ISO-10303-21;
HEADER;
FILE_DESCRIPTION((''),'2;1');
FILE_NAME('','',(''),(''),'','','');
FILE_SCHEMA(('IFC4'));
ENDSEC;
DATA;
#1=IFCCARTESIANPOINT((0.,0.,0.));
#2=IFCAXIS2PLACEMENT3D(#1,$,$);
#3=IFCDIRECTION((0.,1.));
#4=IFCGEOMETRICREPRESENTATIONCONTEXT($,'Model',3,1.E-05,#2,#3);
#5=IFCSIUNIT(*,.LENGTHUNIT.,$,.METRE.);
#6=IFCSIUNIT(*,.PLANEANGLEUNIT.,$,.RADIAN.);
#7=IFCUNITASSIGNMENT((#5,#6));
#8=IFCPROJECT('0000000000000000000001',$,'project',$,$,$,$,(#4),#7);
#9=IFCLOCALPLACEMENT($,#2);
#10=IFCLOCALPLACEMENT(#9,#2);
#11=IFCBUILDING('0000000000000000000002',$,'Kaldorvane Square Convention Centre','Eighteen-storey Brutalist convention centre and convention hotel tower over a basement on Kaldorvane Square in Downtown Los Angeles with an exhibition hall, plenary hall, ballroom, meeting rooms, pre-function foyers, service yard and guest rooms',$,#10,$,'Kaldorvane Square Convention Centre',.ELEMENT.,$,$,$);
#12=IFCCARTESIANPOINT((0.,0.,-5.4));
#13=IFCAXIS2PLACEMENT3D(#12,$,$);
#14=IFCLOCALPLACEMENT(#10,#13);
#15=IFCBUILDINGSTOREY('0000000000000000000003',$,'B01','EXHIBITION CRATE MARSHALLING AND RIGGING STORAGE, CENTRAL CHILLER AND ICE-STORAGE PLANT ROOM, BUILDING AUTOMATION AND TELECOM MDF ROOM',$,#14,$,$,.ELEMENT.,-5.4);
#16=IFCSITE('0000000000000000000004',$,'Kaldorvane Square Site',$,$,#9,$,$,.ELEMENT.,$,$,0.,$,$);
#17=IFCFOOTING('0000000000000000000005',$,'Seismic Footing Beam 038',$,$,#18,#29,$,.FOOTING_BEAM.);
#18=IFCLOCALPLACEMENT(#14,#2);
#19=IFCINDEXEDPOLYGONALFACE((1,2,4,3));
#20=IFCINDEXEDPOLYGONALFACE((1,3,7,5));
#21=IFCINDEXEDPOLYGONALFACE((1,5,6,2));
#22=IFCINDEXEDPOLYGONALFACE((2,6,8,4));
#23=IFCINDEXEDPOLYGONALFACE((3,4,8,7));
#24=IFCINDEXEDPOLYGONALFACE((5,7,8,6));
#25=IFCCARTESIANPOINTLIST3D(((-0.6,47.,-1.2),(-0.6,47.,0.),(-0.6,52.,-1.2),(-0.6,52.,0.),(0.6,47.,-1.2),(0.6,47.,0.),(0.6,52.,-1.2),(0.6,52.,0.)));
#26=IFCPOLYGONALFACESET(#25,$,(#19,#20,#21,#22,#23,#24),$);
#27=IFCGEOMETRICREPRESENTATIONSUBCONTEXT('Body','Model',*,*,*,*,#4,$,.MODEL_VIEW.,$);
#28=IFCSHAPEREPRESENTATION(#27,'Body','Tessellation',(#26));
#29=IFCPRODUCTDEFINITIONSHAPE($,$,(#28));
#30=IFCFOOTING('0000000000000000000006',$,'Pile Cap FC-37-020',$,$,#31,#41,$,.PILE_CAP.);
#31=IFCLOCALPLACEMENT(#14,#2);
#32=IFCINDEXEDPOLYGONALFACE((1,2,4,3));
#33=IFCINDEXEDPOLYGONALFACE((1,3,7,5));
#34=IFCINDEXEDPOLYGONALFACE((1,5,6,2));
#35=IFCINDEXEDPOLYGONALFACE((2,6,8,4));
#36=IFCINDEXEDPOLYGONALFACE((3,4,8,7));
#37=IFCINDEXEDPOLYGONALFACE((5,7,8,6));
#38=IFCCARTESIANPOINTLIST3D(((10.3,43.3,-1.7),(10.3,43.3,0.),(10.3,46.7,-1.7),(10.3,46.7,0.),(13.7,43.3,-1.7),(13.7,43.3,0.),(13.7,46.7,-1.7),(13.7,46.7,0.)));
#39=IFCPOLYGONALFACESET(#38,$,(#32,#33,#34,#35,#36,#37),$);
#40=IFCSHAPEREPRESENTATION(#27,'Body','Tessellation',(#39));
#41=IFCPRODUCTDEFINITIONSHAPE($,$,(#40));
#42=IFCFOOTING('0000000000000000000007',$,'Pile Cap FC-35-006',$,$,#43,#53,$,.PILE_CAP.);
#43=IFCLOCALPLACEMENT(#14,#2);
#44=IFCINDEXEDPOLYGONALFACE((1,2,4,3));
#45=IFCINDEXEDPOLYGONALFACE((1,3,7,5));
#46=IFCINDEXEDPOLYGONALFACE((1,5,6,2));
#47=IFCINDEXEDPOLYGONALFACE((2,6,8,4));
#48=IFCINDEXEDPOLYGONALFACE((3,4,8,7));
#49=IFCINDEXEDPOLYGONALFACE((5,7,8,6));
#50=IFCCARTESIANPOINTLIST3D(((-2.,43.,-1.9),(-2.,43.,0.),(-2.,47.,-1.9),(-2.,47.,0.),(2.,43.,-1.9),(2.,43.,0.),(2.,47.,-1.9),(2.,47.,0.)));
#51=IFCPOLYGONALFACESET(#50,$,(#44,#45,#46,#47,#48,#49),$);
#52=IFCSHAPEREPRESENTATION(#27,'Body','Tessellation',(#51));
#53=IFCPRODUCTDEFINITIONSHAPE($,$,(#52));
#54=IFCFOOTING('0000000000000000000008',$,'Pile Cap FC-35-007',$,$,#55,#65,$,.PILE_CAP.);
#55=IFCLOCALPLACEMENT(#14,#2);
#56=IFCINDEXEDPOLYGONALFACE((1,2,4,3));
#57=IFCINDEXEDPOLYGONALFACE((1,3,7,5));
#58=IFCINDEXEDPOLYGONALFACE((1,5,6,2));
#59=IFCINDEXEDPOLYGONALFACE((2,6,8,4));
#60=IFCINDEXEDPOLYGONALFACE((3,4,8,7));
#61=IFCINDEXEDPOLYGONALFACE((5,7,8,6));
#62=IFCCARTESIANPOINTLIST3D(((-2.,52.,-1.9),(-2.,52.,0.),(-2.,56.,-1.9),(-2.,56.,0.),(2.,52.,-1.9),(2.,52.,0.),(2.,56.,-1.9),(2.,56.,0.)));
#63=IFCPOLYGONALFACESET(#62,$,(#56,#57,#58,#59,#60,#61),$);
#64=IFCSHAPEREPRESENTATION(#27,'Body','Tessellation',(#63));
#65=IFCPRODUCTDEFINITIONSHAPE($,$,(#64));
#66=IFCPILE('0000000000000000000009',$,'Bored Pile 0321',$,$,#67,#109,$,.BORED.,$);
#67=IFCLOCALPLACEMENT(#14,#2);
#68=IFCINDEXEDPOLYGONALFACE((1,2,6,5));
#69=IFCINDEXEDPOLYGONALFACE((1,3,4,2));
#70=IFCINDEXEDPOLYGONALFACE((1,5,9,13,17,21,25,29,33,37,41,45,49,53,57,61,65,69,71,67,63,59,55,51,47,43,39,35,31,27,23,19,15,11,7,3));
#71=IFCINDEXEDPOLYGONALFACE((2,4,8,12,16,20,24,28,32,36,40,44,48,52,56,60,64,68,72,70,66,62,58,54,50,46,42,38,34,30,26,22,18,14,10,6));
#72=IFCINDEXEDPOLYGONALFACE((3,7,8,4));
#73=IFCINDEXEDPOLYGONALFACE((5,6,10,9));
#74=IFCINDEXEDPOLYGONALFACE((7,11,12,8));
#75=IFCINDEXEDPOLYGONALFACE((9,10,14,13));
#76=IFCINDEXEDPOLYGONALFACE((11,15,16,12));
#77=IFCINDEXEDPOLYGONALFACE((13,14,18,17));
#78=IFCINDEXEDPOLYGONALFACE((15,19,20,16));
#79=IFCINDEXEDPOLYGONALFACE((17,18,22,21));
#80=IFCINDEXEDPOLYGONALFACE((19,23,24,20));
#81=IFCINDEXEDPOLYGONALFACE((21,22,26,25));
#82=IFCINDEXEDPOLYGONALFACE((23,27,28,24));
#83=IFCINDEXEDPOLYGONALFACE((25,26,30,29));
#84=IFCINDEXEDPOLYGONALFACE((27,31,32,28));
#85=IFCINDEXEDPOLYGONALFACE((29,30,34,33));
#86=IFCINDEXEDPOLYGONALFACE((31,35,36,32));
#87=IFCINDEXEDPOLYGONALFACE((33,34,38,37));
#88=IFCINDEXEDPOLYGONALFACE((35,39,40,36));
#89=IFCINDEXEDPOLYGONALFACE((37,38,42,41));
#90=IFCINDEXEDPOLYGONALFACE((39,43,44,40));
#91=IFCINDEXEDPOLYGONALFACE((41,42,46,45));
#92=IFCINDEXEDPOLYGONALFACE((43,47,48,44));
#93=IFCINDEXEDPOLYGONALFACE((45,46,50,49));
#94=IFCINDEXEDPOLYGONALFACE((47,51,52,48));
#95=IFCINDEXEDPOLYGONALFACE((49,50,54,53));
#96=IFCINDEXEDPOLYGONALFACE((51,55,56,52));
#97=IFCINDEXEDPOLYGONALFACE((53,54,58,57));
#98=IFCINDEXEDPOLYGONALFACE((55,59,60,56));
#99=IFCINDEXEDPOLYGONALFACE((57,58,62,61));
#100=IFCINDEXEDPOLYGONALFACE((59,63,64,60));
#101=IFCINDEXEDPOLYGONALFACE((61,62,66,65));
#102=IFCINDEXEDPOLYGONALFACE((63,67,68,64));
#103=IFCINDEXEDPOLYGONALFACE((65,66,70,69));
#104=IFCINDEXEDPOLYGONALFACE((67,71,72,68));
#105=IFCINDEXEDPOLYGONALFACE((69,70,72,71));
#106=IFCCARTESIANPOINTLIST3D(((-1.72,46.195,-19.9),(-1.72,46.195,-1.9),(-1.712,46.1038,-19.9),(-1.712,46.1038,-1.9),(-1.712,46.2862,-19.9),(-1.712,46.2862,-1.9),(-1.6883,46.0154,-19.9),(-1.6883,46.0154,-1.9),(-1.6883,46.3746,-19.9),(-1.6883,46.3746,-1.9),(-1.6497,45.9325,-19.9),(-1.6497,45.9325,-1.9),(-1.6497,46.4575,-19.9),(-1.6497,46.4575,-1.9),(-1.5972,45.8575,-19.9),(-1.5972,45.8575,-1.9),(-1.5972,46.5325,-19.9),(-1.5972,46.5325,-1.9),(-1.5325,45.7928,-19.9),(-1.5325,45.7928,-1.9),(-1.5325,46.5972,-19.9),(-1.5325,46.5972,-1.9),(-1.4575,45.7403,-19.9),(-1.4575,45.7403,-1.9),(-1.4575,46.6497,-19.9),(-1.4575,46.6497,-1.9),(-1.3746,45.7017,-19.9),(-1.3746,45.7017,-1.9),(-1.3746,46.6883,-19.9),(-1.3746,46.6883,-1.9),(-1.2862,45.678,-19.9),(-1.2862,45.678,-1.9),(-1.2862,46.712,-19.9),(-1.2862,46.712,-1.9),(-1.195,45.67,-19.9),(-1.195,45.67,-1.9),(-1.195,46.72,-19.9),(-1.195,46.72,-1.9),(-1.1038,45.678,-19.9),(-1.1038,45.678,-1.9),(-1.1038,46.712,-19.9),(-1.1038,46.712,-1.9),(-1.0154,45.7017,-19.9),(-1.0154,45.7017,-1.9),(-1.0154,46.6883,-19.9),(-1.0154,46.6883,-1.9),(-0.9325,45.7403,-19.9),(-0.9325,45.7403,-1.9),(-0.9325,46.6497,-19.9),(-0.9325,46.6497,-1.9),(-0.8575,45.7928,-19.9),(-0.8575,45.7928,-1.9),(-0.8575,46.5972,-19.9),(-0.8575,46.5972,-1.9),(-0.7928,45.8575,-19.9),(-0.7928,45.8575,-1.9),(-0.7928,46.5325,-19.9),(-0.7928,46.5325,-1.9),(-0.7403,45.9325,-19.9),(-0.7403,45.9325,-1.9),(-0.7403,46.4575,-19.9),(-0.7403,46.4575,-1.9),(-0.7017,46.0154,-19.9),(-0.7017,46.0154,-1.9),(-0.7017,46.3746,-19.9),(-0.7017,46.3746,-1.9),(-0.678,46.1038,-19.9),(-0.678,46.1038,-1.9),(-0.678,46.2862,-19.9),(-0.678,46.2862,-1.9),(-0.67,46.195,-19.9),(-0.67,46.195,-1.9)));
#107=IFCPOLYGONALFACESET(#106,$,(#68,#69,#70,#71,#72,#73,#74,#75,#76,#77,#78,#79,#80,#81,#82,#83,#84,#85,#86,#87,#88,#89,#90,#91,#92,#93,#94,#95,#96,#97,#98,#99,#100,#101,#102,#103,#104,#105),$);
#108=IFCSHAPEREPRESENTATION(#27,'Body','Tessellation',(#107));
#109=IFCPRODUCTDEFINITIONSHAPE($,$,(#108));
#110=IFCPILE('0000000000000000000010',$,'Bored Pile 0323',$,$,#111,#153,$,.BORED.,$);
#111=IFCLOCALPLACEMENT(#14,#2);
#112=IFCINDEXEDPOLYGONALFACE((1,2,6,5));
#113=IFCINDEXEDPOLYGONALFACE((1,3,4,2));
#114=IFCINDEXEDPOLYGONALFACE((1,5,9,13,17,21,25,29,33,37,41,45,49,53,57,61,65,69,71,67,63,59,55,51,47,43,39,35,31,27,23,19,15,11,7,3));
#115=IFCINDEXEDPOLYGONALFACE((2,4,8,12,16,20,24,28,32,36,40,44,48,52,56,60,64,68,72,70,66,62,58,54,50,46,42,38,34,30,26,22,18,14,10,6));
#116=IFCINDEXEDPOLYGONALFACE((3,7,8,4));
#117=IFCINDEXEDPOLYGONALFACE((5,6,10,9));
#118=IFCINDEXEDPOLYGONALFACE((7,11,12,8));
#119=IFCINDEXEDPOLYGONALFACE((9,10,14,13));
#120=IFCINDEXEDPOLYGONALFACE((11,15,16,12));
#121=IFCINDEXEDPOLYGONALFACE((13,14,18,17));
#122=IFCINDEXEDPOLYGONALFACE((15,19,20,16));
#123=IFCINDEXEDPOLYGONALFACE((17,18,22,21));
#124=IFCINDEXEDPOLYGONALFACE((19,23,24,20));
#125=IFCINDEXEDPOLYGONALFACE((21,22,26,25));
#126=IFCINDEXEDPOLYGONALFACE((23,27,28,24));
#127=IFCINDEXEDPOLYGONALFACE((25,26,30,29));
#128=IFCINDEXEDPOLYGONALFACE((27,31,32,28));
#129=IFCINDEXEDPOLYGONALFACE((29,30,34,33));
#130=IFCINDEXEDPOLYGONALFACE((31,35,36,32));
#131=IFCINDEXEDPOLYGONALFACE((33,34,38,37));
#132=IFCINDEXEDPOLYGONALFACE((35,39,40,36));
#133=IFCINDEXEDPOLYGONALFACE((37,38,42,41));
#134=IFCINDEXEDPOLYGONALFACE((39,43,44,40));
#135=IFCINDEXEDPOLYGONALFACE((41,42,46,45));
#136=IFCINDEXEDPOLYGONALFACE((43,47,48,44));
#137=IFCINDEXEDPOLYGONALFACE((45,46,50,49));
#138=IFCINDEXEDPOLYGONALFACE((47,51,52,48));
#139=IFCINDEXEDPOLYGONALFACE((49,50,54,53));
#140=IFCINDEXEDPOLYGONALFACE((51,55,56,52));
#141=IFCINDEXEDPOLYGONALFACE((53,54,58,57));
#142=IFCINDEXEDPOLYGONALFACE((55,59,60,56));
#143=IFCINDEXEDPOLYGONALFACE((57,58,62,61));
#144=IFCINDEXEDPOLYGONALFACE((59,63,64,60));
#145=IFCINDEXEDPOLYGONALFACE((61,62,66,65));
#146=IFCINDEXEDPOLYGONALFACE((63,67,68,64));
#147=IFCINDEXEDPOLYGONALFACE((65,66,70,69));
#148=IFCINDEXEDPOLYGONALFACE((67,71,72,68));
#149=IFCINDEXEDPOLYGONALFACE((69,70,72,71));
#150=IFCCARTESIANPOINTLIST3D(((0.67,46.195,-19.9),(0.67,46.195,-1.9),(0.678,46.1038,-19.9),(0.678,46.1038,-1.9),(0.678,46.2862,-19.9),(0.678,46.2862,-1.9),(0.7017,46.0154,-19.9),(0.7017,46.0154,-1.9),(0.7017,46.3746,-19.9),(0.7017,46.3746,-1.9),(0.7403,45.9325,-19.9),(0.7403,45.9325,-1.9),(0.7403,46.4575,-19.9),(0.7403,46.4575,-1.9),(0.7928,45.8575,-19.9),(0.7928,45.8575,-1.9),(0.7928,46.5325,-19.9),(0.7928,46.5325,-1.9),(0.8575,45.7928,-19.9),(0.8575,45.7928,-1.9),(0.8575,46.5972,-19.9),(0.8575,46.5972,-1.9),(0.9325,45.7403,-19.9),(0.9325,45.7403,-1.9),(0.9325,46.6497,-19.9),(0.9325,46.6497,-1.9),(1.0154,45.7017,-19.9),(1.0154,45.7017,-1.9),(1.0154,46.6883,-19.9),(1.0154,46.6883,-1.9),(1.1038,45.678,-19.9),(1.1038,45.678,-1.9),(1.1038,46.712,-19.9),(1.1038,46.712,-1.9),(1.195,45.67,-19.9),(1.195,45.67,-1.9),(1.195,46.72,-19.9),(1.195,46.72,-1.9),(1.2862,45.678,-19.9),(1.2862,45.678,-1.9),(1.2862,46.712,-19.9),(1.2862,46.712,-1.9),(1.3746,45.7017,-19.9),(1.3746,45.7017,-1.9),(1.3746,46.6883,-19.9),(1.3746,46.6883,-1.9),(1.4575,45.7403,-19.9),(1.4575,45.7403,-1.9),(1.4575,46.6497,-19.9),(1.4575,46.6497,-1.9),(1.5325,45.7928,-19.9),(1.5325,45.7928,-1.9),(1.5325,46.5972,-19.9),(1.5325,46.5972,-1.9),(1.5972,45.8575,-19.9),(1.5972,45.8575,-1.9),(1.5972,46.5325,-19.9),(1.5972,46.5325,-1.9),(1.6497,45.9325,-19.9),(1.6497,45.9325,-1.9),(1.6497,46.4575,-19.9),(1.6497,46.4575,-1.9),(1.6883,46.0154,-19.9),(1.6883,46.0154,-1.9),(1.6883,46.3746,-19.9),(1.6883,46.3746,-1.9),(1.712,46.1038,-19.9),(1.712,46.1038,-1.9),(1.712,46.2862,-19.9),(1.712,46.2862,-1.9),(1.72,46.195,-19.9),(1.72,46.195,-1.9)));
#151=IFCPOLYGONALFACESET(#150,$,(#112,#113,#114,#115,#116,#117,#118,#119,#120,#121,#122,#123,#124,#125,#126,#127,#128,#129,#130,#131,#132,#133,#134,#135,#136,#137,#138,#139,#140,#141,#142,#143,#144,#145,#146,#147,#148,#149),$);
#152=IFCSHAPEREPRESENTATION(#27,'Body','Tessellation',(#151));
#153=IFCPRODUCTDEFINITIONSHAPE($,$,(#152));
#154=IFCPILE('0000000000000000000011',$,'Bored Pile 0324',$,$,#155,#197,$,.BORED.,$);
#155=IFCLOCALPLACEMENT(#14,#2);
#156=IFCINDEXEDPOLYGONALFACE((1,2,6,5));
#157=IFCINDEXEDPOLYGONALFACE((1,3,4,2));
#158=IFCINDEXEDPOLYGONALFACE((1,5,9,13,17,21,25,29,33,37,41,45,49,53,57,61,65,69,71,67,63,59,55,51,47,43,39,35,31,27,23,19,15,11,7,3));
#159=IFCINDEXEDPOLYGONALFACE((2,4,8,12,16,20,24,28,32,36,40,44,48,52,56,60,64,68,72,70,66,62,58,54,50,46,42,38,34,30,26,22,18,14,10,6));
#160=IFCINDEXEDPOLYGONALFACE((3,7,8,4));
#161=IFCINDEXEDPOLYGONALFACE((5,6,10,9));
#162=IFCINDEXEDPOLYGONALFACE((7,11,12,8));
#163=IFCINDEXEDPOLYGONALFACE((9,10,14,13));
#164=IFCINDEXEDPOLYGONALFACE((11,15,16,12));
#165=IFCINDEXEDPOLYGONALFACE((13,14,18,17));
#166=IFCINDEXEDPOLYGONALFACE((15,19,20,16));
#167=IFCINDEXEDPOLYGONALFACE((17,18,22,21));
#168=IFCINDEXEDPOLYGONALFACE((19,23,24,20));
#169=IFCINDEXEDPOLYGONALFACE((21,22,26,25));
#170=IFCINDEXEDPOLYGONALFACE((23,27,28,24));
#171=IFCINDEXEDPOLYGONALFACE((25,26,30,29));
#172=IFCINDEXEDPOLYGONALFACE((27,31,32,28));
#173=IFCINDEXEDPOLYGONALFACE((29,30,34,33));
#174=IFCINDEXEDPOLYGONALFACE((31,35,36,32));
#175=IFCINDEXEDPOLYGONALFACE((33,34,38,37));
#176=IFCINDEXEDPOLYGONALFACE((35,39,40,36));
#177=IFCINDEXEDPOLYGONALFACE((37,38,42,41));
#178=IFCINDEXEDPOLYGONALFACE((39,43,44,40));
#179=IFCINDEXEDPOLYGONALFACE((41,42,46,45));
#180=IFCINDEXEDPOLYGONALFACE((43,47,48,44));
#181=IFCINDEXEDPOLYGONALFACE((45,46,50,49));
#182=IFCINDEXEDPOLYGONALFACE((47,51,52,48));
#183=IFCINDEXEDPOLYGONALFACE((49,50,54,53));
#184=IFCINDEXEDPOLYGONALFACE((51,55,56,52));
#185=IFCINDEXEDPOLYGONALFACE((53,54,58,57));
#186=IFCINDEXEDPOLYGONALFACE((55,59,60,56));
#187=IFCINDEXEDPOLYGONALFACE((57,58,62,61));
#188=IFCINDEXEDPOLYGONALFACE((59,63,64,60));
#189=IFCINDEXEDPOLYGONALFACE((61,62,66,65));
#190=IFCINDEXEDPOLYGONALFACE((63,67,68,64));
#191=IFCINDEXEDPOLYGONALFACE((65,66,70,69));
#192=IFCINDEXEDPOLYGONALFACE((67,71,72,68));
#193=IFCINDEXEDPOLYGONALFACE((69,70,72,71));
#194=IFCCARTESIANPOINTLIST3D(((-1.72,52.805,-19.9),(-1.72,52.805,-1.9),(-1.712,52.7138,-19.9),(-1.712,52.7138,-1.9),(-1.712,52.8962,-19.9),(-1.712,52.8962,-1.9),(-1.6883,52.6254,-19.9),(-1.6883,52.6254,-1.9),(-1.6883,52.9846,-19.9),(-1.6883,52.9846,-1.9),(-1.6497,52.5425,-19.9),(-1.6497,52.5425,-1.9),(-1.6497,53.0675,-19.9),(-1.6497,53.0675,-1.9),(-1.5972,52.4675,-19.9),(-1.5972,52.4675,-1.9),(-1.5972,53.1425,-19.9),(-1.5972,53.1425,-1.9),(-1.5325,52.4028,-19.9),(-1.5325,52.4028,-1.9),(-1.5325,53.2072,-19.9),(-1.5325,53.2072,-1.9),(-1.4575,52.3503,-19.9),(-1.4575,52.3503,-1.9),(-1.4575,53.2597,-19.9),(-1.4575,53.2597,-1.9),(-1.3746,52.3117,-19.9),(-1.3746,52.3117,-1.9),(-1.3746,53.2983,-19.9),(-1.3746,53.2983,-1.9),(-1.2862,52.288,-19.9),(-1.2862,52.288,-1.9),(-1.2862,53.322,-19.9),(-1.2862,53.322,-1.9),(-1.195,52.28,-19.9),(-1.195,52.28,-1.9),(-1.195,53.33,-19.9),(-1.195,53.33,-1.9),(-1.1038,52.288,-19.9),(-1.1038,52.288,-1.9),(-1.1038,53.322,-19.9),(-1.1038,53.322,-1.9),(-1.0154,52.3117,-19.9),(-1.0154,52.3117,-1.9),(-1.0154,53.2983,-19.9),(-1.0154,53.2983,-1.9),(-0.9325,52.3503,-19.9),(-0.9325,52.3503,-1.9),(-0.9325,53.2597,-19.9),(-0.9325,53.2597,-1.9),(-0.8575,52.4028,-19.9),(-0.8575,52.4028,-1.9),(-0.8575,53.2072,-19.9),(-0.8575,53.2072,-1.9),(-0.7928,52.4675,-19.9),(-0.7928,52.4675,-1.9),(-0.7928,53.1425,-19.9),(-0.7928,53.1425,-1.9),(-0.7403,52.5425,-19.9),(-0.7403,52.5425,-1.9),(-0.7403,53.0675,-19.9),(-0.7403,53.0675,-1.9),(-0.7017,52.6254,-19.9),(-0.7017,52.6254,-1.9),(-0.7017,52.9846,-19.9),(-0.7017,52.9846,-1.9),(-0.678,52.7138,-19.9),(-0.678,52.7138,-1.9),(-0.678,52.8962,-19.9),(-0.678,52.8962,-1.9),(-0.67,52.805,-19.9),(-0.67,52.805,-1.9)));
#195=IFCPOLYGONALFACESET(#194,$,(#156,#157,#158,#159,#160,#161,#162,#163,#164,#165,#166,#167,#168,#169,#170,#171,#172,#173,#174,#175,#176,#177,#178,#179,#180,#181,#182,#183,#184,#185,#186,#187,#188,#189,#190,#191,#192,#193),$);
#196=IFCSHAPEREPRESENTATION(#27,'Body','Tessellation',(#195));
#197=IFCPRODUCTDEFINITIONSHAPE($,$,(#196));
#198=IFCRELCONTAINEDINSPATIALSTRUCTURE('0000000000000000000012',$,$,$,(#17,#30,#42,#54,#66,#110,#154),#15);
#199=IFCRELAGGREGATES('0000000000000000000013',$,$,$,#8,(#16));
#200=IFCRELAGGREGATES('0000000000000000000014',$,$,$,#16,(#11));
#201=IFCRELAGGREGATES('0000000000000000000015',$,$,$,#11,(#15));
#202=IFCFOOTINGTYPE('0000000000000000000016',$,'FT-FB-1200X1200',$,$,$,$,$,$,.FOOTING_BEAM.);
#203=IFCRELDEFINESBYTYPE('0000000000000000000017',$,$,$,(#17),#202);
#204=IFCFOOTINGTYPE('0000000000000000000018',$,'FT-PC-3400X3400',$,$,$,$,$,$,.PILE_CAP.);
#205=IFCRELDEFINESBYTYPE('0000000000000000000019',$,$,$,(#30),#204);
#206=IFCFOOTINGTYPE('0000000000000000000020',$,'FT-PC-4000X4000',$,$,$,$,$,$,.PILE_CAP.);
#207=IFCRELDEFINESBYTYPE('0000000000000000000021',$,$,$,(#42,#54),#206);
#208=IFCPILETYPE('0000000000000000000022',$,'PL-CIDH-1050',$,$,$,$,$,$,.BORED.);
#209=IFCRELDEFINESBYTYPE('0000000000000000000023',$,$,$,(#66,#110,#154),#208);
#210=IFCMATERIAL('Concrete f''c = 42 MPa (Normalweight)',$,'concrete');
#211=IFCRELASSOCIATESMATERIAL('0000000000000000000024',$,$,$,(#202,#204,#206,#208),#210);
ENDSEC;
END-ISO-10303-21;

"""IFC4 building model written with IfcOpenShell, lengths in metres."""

from ifc_helpers import new_model, si_unit, direction, frame, origin, origin_2d, place, context, subcontext, project, spatial, rectangle, circle, extrude, material, material_profile, profile_set, type_object, element, save


model = new_model("IFC4")

# Units and contexts
model_context = context("Model", 3, precision=1e-05, world=origin(), true_north=direction((0.0, 1.0)))
body_context = subcontext(model_context, "Body", "Model", "MODEL_VIEW")
ifc_project = project(units=[si_unit("LENGTHUNIT", "METRE"), si_unit("PLANEANGLEUNIT", "RADIAN")], contexts=[model_context])

# Site, building, storey
site_placement = place(None, origin())
site = spatial("IfcSite", under=ifc_project, at=site_placement, Name="Kaldorvane Square Site", CompositionType="ELEMENT", RefElevation=0.0)
building_placement = place(site_placement, origin())
building = spatial("IfcBuilding", under=site, at=building_placement, Name="Kaldorvane Square Convention Centre", Description="Eighteen-storey Brutalist convention centre and convention hotel tower over a basement on Kaldorvane Square in Downtown Los Angeles with an exhibition hall, plenary hall, ballroom, meeting rooms, pre-function foyers, service yard and guest rooms", LongName="Kaldorvane Square Convention Centre", CompositionType="ELEMENT")
storey_placement = place(building_placement, frame((0.0, 0.0, -5.4)))
storey = spatial("IfcBuildingStorey", under=building, at=storey_placement, Name="B01", Description="EXHIBITION CRATE MARSHALLING AND RIGGING STORAGE, CENTRAL CHILLER AND ICE-STORAGE PLANT ROOM, BUILDING AUTOMATION AND TELECOM MDF ROOM", CompositionType="ELEMENT", Elevation=-5.4)

# Footings
ifc_material_1 = material(Name="Concrete f'c = 42 MPa (Normalweight)", Category="concrete")
footing_type_1 = type_object("IfcFootingType", Name="FT-FB-1200X1200", PredefinedType="FOOTING_BEAM", material=ifc_material_1)
footing_1_placement = place(storey_placement, frame((0.0, 49.5, -1.2), z_axis=(0.0, 0.0, 1.0), x_axis=(1.0, 0.0, 0.0)))
element("IfcFooting", 1, at=footing_1_placement, inside=storey, type_object=footing_type_1, Name="Seismic Footing Beam 038", PredefinedType="FOOTING_BEAM", context=body_context, shape_type="SweptSolid", body=[
    extrude(rectangle(XDim=1.2, YDim=5.0, at=origin_2d()), origin(), (0.0, 0.0, 1.0), 1.2),
])
footing_type_2 = type_object("IfcFootingType", Name="FT-PC-3400X3400", PredefinedType="PILE_CAP", material=ifc_material_1)
footing_2_placement = place(storey_placement, frame((12.0, 45.0, -1.7), z_axis=(0.0, 0.0, 1.0), x_axis=(1.0, 0.0, 0.0)))
element("IfcFooting", 2, at=footing_2_placement, inside=storey, type_object=footing_type_2, Name="Pile Cap FC-37-020", PredefinedType="PILE_CAP", context=body_context, shape_type="SweptSolid", body=[
    extrude(rectangle(XDim=3.4, YDim=3.4, at=origin_2d()), origin(), (0.0, 0.0, 1.0), 1.7),
])
footing_type_3 = type_object("IfcFootingType", Name="FT-PC-4000X4000", PredefinedType="PILE_CAP", material=ifc_material_1)
for number, where, z_axis, x_axis, name in (
    (3, (0.0, 45.0, -1.9), (0.0, 0.0, 1.0), (1.0, 0.0, 0.0), "Pile Cap FC-35-006"),
    (4, (0.0, 54.0, -1.9), (0.0, 0.0, 1.0), (1.0, 0.0, 0.0), "Pile Cap FC-35-007"),
):
    element("IfcFooting", number, at=place(storey_placement, frame(where, z_axis=z_axis, x_axis=x_axis)), inside=storey, type_object=footing_type_3, Name=name, PredefinedType="PILE_CAP", context=body_context, shape_type="SweptSolid", body=[
        extrude(rectangle(XDim=4.0, YDim=4.0, at=origin_2d()), origin(), (0.0, 0.0, 1.0), 1.9),
    ])

# Piles
ifc_material_profile_1 = material_profile(ifc_material_1, circle(Radius=0.525, at=origin_2d()), Name="PILE-D1050")
ifc_profile_set_1 = profile_set([ifc_material_profile_1], Name="Concrete f'c = 42 MPa (Normalweight)")
pile_type_1 = type_object("IfcPileType", Name="PL-CIDH-1050", PredefinedType="BORED", material=ifc_profile_set_1)
for number, where, z_axis, x_axis, name in (
    (5, (-1.195, 46.195, -1.9), (0.0, 0.0, -1.0), (1.0, 0.0, 0.0), "Bored Pile 0321"),
    (6, (1.195, 46.195, -1.9), (0.0, 0.0, -1.0), (1.0, 0.0, 0.0), "Bored Pile 0323"),
    (7, (-1.195, 52.805, -1.9), (0.0, 0.0, -1.0), (1.0, 0.0, 0.0), "Bored Pile 0324"),
):
    element("IfcPile", number, at=place(storey_placement, frame(where, z_axis=z_axis, x_axis=x_axis)), inside=storey, type_object=pile_type_1, Name=name, PredefinedType="BORED", context=body_context, shape_type="SweptSolid", body=[
        extrude(circle(Radius=0.525, at=origin_2d()), origin(), (0.0, 0.0, 1.0), 18.0),
    ])

save(model, "model.ifc")
